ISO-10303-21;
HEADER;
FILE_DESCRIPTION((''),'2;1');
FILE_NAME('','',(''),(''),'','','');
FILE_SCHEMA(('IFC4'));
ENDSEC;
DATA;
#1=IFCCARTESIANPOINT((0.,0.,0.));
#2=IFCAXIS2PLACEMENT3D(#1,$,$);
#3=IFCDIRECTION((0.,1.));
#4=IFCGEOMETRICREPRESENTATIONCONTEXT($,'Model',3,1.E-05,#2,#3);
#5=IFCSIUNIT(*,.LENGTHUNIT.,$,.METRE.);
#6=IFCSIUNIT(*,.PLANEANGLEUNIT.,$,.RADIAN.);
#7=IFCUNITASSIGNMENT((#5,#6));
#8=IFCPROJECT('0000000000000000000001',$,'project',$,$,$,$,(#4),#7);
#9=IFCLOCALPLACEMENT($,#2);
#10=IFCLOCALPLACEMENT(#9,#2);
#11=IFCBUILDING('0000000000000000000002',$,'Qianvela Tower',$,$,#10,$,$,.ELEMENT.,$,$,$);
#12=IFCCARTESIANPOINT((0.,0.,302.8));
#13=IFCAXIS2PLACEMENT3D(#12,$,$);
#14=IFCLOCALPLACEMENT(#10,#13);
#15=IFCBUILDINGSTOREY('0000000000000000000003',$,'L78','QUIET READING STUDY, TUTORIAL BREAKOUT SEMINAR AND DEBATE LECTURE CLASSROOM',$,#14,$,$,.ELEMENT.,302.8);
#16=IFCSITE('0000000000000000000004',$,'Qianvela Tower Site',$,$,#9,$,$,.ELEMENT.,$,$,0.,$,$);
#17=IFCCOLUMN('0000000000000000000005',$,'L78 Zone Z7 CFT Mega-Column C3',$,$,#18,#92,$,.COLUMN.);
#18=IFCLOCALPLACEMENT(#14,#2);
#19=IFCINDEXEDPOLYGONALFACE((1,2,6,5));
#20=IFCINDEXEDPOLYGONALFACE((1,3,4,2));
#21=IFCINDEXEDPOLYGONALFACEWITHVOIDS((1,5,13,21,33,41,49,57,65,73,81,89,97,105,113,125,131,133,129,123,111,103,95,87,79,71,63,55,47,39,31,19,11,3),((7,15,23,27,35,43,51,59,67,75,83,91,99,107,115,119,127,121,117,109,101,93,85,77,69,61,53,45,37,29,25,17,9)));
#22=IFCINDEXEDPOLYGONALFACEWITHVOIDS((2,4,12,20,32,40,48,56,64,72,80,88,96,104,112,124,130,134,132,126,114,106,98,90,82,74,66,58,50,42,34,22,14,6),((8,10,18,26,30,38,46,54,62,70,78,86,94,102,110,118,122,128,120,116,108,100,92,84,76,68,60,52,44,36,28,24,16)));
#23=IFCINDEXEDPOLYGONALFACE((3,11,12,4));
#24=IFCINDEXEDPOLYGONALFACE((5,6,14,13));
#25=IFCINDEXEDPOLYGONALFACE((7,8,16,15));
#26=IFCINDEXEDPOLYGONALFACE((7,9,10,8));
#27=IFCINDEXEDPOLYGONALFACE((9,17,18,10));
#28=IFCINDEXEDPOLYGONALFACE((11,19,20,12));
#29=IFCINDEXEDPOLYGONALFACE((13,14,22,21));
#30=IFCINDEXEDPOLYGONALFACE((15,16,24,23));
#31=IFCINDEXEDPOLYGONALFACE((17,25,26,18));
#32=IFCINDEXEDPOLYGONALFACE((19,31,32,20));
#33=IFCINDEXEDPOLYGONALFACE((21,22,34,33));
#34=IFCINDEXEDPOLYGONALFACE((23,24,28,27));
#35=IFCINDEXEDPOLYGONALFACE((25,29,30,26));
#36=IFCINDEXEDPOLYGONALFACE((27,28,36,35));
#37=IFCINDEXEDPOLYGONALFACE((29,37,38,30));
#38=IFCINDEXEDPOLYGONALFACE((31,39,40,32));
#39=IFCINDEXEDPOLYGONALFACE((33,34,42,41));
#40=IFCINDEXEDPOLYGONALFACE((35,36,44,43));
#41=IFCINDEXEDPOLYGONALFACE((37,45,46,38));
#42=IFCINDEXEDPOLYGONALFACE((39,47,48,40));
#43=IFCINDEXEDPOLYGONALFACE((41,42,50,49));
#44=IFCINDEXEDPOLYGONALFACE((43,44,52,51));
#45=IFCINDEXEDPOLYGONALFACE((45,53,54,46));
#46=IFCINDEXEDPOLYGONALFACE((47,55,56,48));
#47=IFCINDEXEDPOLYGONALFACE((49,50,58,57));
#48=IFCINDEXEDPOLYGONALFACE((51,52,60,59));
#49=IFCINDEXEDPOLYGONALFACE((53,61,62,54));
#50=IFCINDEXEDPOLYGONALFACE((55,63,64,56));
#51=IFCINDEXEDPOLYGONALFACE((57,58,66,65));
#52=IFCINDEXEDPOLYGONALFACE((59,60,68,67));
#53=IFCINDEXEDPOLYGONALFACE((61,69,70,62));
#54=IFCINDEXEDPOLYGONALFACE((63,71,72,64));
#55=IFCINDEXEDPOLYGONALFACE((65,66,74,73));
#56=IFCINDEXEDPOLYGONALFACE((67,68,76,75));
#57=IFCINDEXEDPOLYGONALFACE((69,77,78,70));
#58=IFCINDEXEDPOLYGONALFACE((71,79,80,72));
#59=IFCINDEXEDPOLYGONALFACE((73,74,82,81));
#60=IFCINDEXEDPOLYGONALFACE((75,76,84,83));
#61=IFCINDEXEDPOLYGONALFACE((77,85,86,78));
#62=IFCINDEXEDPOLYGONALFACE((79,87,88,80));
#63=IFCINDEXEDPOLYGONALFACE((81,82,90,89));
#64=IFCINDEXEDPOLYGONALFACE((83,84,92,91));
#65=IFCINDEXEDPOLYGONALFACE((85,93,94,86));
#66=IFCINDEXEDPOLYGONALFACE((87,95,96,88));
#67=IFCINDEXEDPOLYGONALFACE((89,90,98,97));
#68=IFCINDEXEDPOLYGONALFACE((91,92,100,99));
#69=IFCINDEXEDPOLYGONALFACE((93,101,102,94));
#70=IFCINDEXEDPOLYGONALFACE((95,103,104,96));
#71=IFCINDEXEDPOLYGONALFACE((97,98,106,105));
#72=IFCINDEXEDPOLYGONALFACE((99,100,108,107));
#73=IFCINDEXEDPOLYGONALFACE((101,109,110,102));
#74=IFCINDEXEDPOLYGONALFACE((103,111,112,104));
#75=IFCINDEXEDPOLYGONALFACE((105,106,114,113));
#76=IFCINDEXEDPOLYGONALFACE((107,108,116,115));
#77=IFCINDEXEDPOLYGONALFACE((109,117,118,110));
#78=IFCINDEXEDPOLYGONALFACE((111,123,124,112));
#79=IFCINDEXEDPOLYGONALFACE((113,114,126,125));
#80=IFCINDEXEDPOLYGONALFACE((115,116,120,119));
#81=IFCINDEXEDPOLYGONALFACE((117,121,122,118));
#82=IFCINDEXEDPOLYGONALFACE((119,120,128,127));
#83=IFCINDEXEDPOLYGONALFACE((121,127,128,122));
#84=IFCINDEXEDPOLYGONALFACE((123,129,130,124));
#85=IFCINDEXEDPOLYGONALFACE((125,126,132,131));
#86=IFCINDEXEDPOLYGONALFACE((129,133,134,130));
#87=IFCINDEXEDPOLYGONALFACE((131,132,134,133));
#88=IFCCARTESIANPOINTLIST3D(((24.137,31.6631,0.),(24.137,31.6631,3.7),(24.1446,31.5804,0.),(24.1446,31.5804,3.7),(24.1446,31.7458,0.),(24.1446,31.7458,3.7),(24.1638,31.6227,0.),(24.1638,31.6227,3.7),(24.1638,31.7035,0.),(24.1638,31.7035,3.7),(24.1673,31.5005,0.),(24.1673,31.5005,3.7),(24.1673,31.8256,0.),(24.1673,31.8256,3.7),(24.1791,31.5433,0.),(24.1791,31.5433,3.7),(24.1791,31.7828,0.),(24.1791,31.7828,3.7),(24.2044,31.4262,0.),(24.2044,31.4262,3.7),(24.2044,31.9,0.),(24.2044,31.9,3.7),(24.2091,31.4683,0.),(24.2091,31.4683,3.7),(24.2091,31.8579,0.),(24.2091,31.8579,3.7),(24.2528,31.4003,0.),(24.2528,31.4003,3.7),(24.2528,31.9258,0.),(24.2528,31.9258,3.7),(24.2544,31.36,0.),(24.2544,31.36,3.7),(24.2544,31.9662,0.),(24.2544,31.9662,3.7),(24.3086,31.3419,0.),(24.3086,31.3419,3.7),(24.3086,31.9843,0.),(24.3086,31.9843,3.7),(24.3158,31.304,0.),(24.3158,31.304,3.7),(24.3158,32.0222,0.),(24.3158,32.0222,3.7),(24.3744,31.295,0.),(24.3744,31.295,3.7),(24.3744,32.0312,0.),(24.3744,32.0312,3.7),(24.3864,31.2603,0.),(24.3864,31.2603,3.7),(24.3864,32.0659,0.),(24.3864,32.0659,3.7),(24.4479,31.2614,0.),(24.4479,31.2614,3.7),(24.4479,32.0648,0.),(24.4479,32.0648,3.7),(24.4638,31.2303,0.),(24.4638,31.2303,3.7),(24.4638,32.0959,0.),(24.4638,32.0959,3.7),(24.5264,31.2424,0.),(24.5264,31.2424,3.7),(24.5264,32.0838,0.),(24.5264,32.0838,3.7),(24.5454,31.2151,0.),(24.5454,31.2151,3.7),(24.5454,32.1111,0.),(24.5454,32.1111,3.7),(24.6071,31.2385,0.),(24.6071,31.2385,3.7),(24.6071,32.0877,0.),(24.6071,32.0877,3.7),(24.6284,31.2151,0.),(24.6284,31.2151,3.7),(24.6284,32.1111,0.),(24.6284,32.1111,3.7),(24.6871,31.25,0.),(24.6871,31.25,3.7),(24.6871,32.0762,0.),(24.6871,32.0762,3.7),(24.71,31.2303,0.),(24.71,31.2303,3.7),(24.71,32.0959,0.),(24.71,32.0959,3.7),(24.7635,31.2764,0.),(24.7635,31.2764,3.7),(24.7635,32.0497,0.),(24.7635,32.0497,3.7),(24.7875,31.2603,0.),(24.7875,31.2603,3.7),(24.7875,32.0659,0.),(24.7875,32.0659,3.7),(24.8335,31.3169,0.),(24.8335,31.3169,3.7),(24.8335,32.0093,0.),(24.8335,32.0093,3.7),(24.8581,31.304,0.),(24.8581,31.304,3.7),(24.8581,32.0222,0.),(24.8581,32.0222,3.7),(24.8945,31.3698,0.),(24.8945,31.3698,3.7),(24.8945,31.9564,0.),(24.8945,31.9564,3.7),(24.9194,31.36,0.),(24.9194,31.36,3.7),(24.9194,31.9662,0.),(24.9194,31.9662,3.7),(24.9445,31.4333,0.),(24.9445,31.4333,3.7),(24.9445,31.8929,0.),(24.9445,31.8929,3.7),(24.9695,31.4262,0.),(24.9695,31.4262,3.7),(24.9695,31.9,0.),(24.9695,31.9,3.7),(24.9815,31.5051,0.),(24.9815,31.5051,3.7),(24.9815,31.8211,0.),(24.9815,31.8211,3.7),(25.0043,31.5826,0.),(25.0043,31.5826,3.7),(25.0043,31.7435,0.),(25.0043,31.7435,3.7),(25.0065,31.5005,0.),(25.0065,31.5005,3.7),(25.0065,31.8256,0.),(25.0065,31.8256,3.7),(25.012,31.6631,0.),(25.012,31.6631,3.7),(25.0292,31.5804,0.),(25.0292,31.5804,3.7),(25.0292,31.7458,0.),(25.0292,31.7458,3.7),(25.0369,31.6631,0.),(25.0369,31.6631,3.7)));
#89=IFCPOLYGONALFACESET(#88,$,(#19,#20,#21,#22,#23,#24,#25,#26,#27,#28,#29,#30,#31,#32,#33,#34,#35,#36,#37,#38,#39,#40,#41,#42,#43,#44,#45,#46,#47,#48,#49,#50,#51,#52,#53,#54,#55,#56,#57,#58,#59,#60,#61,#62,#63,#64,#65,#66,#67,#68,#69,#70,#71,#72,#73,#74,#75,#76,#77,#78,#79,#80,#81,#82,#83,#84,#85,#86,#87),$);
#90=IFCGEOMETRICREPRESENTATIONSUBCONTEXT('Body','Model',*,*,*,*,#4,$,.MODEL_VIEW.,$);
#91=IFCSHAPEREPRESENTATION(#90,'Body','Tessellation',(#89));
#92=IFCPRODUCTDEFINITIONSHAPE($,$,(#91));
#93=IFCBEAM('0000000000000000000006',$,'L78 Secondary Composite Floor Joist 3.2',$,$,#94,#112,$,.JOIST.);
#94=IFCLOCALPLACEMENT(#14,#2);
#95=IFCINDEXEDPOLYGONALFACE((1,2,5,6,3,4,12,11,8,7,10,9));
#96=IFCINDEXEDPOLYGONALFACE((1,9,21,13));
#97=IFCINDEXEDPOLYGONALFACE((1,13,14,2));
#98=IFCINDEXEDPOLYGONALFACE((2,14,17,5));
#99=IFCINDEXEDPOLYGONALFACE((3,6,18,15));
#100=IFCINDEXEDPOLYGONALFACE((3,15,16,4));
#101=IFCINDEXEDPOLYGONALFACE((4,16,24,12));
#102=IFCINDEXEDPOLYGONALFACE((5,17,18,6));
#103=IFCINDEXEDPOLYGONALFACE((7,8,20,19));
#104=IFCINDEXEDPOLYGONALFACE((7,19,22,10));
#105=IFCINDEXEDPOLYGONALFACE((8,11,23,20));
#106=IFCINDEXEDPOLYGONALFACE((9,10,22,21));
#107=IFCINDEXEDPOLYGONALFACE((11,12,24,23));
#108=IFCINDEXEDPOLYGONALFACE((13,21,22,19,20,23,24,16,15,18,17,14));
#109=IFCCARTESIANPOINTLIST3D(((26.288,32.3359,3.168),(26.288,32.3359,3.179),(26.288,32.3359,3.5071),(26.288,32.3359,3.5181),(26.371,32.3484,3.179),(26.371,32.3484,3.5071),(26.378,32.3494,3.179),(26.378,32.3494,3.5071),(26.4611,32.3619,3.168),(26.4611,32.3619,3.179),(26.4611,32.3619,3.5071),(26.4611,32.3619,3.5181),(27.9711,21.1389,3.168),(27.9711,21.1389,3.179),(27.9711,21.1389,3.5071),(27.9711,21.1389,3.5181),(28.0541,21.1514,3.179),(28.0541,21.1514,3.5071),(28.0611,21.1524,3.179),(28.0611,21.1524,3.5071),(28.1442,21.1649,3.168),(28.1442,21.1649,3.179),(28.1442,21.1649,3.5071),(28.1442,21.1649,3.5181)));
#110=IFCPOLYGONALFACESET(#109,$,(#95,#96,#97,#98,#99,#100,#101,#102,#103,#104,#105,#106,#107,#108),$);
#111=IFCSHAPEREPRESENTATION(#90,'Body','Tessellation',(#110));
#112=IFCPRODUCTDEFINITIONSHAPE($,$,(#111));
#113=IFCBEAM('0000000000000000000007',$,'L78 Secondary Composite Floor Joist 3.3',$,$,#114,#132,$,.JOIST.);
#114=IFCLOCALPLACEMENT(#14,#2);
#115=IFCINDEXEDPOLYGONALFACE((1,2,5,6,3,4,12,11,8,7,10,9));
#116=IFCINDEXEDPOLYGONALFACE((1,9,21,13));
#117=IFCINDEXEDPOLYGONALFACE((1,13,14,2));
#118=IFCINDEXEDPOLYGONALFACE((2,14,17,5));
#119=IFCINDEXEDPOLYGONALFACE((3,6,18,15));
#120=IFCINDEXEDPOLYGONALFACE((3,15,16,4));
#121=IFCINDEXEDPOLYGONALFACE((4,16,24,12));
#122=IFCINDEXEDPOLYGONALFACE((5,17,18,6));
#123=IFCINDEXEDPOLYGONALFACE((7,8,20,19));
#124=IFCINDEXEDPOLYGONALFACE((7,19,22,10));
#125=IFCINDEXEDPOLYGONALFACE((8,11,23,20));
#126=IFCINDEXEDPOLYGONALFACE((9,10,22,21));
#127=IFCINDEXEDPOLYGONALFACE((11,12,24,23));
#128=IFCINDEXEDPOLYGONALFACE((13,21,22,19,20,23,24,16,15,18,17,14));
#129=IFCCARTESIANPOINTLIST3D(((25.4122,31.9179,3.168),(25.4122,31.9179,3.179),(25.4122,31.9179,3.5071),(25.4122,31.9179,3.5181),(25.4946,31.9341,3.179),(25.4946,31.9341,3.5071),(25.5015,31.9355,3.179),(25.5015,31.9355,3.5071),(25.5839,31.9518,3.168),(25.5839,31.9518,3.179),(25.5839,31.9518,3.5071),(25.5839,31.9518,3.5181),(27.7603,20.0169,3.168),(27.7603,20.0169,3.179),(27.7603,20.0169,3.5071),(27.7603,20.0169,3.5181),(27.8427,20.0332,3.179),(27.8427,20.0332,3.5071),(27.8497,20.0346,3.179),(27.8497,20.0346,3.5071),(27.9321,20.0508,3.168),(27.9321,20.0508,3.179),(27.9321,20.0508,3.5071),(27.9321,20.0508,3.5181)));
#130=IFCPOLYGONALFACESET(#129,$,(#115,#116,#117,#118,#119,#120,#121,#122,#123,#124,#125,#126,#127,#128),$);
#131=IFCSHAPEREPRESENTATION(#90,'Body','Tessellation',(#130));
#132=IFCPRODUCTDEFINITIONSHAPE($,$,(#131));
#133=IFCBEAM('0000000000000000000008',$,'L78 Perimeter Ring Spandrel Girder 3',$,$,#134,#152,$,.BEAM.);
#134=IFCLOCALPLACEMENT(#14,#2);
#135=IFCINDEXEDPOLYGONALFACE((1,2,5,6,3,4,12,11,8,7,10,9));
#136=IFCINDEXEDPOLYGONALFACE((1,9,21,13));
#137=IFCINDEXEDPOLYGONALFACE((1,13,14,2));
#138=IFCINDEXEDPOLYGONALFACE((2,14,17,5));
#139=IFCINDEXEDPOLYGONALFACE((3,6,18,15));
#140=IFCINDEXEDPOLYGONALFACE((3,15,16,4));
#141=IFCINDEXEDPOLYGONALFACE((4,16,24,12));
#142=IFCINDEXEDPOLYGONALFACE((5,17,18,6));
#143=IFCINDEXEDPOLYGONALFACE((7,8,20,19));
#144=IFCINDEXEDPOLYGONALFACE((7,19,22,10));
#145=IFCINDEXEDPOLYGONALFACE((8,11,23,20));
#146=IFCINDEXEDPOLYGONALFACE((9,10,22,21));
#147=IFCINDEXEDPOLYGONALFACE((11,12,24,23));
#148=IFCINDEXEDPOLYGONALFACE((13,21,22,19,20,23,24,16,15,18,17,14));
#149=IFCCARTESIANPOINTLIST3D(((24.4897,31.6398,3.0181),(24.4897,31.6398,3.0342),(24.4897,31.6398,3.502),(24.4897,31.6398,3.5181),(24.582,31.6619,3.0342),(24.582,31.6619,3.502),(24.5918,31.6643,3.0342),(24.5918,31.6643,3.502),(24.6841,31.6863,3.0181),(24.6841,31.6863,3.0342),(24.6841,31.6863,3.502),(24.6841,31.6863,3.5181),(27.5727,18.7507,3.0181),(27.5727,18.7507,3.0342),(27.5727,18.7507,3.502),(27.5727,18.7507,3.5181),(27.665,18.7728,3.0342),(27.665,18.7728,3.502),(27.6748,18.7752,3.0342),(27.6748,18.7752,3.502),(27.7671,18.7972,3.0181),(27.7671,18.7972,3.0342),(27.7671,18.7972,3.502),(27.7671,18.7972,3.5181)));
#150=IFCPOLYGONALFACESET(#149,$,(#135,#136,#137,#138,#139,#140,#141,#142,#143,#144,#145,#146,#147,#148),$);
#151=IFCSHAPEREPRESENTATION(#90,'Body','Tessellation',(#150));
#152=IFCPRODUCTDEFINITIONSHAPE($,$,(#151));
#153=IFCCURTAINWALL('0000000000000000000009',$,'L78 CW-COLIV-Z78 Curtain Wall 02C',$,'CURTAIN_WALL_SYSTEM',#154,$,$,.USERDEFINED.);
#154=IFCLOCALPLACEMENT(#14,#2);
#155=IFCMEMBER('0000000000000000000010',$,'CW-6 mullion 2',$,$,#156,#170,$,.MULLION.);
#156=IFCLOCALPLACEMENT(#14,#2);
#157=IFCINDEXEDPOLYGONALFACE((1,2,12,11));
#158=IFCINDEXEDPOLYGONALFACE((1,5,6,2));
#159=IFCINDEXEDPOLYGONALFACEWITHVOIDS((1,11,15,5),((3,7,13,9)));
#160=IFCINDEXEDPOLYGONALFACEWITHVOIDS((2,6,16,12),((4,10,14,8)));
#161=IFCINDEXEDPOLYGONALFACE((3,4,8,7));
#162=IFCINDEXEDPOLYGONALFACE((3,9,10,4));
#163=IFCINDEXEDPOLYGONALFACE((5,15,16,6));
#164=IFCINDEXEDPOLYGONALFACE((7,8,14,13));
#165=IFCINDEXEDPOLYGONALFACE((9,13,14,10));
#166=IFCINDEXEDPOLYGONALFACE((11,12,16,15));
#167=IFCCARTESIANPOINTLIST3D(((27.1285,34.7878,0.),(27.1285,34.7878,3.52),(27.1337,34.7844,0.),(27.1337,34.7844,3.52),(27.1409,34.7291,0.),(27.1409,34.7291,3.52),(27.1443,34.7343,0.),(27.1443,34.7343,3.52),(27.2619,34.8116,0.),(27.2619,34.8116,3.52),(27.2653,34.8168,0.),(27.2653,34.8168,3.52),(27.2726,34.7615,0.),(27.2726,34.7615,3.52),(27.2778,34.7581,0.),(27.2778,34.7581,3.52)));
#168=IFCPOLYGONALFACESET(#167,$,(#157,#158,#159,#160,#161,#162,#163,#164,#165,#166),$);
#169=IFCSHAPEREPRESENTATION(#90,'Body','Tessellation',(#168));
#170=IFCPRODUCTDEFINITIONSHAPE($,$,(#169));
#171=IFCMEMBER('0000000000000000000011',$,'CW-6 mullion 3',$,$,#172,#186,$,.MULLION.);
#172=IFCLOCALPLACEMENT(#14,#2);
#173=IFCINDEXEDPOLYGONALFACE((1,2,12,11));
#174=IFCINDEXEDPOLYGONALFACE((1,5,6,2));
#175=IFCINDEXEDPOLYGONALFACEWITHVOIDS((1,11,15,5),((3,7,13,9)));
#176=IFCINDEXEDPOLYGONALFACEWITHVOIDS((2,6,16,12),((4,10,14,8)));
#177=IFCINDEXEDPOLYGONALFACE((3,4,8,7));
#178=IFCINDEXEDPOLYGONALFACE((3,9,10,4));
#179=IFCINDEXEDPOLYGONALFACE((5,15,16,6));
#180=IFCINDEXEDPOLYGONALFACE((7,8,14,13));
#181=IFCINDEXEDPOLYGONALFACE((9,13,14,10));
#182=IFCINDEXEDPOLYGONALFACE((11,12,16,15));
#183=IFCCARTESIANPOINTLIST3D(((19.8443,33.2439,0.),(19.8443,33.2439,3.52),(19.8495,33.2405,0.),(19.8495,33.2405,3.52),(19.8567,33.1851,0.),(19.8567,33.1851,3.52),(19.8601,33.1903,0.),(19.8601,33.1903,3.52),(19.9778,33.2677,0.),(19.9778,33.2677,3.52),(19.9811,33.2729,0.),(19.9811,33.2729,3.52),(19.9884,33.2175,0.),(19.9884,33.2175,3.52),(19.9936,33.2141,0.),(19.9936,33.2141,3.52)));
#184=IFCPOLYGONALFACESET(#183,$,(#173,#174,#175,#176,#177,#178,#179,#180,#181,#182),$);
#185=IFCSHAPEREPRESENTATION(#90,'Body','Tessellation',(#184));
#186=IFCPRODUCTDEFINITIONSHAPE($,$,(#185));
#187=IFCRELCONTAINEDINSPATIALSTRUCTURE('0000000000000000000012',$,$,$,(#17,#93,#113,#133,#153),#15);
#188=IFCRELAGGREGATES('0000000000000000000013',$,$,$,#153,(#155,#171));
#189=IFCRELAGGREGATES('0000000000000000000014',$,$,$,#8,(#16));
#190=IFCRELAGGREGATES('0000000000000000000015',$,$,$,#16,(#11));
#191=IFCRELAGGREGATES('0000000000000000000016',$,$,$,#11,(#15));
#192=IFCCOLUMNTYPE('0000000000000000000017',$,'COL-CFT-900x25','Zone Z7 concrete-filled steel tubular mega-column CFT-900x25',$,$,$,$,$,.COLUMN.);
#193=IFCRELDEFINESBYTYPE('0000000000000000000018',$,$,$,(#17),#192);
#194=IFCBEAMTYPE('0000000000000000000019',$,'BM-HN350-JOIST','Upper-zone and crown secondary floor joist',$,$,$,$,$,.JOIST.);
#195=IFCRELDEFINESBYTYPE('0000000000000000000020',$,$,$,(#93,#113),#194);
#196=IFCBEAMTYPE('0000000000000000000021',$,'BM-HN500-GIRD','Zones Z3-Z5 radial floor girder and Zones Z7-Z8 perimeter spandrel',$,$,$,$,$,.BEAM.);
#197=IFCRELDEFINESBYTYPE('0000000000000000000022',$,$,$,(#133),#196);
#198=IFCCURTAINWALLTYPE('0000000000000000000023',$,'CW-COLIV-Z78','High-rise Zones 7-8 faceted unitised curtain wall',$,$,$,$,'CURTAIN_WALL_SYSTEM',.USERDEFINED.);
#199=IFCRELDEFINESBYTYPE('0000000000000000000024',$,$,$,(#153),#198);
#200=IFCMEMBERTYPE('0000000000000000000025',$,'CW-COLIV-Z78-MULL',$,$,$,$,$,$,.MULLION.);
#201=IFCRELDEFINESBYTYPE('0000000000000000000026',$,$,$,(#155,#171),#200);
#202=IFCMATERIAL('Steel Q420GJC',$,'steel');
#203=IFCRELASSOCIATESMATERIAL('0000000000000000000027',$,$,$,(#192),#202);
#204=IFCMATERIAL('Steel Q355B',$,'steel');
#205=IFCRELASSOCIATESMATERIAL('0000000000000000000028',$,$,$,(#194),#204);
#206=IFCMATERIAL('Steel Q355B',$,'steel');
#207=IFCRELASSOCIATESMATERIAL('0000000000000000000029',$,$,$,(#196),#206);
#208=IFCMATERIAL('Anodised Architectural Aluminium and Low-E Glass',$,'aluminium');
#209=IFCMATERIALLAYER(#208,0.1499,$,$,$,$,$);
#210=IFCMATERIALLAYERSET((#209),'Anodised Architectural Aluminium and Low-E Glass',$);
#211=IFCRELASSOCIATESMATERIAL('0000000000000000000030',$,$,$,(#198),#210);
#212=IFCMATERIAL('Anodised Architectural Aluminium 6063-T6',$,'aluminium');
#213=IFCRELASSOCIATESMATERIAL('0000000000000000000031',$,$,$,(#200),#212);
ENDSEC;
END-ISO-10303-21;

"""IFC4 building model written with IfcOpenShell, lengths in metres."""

from ifc_helpers import new_model, si_unit, direction, frame, origin, origin_2d, place, context, subcontext, project, spatial, hollow_rectangle, hollow_circle, i_section, extrude, material, layer, layer_set, material_profile, profile_set, type_object, element, aggregate, save


model = new_model("IFC4")

# Units and contexts
model_context = context("Model", 3, precision=1e-05, world=origin(), true_north=direction((0.0, 1.0)))
body_context = subcontext(model_context, "Body", "Model", "MODEL_VIEW")
ifc_project = project(units=[si_unit("LENGTHUNIT", "METRE"), si_unit("PLANEANGLEUNIT", "RADIAN")], contexts=[model_context])

# Site, building, storey
site_placement = place(None, origin())
site = spatial("IfcSite", under=ifc_project, at=site_placement, Name="Qianvela Tower Site", CompositionType="ELEMENT", RefElevation=0.0)
building_placement = place(site_placement, origin())
building = spatial("IfcBuilding", under=site, at=building_placement, Name="Qianvela Tower", CompositionType="ELEMENT")
storey_placement = place(building_placement, frame((0.0, 0.0, 302.8)))
storey = spatial("IfcBuildingStorey", under=building, at=storey_placement, Name="L78", Description="QUIET READING STUDY, TUTORIAL BREAKOUT SEMINAR AND DEBATE LECTURE CLASSROOM", CompositionType="ELEMENT", Elevation=302.8)

# Column
ifc_material_1 = material(Name="Steel Q420GJC", Category="steel")
ifc_material_profile_1 = material_profile(ifc_material_1, hollow_circle(Radius=0.45, WallThickness=0.0249, at=origin_2d()), Name="CFT-900x25")
ifc_profile_set_1 = profile_set([ifc_material_profile_1], Name="Steel Q420GJC")
column_type = type_object("IfcColumnType", Name="COL-CFT-900x25", Description="Zone Z7 concrete-filled steel tubular mega-column CFT-900x25", PredefinedType="COLUMN", material=ifc_profile_set_1)
column_placement = place(storey_placement, frame((24.5869, 31.6631, 0.0), z_axis=(0.0, 0.0, 1.0), x_axis=(1.0, 0.0, 0.0)))
element("IfcColumn", 1, at=column_placement, inside=storey, type_object=column_type, Name="L78 Zone Z7 CFT Mega-Column C3", PredefinedType="COLUMN", context=body_context, shape_type="SweptSolid", body=[
    extrude(hollow_circle(Radius=0.45, WallThickness=0.0249, at=origin_2d()), origin(), (0.0, 0.0, 1.0), 3.7),
])

# Beams
ifc_material_2 = material(Name="Steel Q355B", Category="steel")
ifc_material_profile_2 = material_profile(ifc_material_2, i_section(OverallWidth=0.175, OverallDepth=0.3501, WebThickness=0.0071, FlangeThickness=0.011, at=origin_2d()), Name="HN350x175x7x11")
ifc_profile_set_2 = profile_set([ifc_material_profile_2], Name="Steel Q355B")
beam_type_1 = type_object("IfcBeamType", Name="BM-HN350-JOIST", Description="Upper-zone and crown secondary floor joist", PredefinedType="JOIST", material=ifc_profile_set_2)
beam_1_placement = place(storey_placement, frame((26.3745, 32.3489, 3.343), z_axis=(0.148647, -0.98889, 0.0), x_axis=(0.98889, 0.148647, 0.0)))
element("IfcBeam", 2, at=beam_1_placement, inside=storey, type_object=beam_type_1, Name="L78 Secondary Composite Floor Joist 3.2", PredefinedType="JOIST", context=body_context, shape_type="SweptSolid", body=[
    extrude(i_section(OverallWidth=0.175, OverallDepth=0.3501, WebThickness=0.0071, FlangeThickness=0.011, at=origin_2d()), origin(), (0.0, 0.0, 1.0), 11.3228),
])
beam_2_placement = place(storey_placement, frame((25.498, 31.9348, 3.343), z_axis=(0.193576, -0.981085, 0.0), x_axis=(0.981085, 0.193576, 0.0)))
element("IfcBeam", 3, at=beam_2_placement, inside=storey, type_object=beam_type_1, Name="L78 Secondary Composite Floor Joist 3.3", PredefinedType="JOIST", context=body_context, shape_type="SweptSolid", body=[
    extrude(i_section(OverallWidth=0.175, OverallDepth=0.3501, WebThickness=0.0071, FlangeThickness=0.011, at=origin_2d()), origin(), (0.0, 0.0, 1.0), 12.1304),
])
ifc_material_3 = material(Name="Steel Q355B", Category="steel")
ifc_material_profile_3 = material_profile(ifc_material_3, i_section(OverallWidth=0.2, OverallDepth=0.5, WebThickness=0.01, FlangeThickness=0.0161, at=origin_2d()), Name="HN500x200x10x16")
ifc_profile_set_3 = profile_set([ifc_material_profile_3], Name="Steel Q355B")
beam_type_2 = type_object("IfcBeamType", Name="BM-HN500-GIRD", Description="Zones Z3-Z5 radial floor girder and Zones Z7-Z8 perimeter spandrel", PredefinedType="BEAM", material=ifc_profile_set_3)
beam_3_placement = place(storey_placement, frame((24.5869, 31.6631, 3.2681), z_axis=(0.232632, -0.972565, 0.0), x_axis=(0.972565, 0.232632, 0.0)))
element("IfcBeam", 4, at=beam_3_placement, inside=storey, type_object=beam_type_2, Name="L78 Perimeter Ring Spandrel Girder 3", PredefinedType="BEAM", context=body_context, shape_type="SweptSolid", body=[
    extrude(i_section(OverallWidth=0.2, OverallDepth=0.5, WebThickness=0.01, FlangeThickness=0.0161, at=origin_2d()), origin(), (0.0, 0.0, 1.0), 13.2527),
])

# Curtain wall, members
ifc_material_4 = material(Name="Anodised Architectural Aluminium and Low-E Glass", Category="aluminium")
ifc_layer_1 = layer(ifc_material_4, 0.1499)
ifc_layer_set_1 = layer_set([ifc_layer_1], Name="Anodised Architectural Aluminium and Low-E Glass")
curtain_wall_type = type_object("IfcCurtainWallType", Name="CW-COLIV-Z78", Description="High-rise Zones 7-8 faceted unitised curtain wall", ElementType="CURTAIN_WALL_SYSTEM", PredefinedType="USERDEFINED", material=ifc_layer_set_1)
curtain_wall_1_placement = place(storey_placement, origin())
curtain_wall_1 = element("IfcCurtainWall", 5, at=curtain_wall_1_placement, inside=storey, type_object=curtain_wall_type, Name="L78 CW-COLIV-Z78 Curtain Wall 02C", ObjectType="CURTAIN_WALL_SYSTEM", PredefinedType="USERDEFINED")
ifc_material_5 = material(Name="Anodised Architectural Aluminium 6063-T6", Category="aluminium")
ifc_material_profile_4 = material_profile(ifc_material_5, hollow_rectangle(XDim=0.0601, YDim=0.1399, WallThickness=0.0044, at=origin_2d()), Name="ALU-MULL-60x140")
ifc_profile_set_4 = profile_set([ifc_material_profile_4], Name="Anodised Architectural Aluminium 6063-T6")
member_type_1 = type_object("IfcMemberType", Name="CW-COLIV-Z78-MULL", PredefinedType="MULLION", material=ifc_profile_set_4)
member_1_placement = place(storey_placement, frame((27.2031, 34.7729, 0.0), z_axis=(0.0, 0.0, 1.0), x_axis=(0.207348, -0.978267, 0.0)))
member_1 = element("IfcMember", 6, at=member_1_placement, type_object=member_type_1, Name="CW-6 mullion 2", PredefinedType="MULLION", context=body_context, shape_type="SweptSolid", body=[
    extrude(hollow_rectangle(XDim=0.0601, YDim=0.1399, WallThickness=0.0044, at=origin_2d()), origin(), (0.0, 0.0, 1.0), 3.52),
])
member_2_placement = place(storey_placement, frame((19.9189, 33.229, 0.0), z_axis=(0.0, 0.0, 1.0), x_axis=(0.207348, -0.978267, 0.0)))
member_2 = element("IfcMember", 7, at=member_2_placement, type_object=member_type_1, Name="CW-6 mullion 3", PredefinedType="MULLION", context=body_context, shape_type="SweptSolid", body=[
    extrude(hollow_rectangle(XDim=0.0601, YDim=0.1399, WallThickness=0.0044, at=origin_2d()), origin(), (0.0, 0.0, 1.0), 3.52),
])

aggregate(curtain_wall_1, [member_1, member_2])

save(model, "model.ifc")
